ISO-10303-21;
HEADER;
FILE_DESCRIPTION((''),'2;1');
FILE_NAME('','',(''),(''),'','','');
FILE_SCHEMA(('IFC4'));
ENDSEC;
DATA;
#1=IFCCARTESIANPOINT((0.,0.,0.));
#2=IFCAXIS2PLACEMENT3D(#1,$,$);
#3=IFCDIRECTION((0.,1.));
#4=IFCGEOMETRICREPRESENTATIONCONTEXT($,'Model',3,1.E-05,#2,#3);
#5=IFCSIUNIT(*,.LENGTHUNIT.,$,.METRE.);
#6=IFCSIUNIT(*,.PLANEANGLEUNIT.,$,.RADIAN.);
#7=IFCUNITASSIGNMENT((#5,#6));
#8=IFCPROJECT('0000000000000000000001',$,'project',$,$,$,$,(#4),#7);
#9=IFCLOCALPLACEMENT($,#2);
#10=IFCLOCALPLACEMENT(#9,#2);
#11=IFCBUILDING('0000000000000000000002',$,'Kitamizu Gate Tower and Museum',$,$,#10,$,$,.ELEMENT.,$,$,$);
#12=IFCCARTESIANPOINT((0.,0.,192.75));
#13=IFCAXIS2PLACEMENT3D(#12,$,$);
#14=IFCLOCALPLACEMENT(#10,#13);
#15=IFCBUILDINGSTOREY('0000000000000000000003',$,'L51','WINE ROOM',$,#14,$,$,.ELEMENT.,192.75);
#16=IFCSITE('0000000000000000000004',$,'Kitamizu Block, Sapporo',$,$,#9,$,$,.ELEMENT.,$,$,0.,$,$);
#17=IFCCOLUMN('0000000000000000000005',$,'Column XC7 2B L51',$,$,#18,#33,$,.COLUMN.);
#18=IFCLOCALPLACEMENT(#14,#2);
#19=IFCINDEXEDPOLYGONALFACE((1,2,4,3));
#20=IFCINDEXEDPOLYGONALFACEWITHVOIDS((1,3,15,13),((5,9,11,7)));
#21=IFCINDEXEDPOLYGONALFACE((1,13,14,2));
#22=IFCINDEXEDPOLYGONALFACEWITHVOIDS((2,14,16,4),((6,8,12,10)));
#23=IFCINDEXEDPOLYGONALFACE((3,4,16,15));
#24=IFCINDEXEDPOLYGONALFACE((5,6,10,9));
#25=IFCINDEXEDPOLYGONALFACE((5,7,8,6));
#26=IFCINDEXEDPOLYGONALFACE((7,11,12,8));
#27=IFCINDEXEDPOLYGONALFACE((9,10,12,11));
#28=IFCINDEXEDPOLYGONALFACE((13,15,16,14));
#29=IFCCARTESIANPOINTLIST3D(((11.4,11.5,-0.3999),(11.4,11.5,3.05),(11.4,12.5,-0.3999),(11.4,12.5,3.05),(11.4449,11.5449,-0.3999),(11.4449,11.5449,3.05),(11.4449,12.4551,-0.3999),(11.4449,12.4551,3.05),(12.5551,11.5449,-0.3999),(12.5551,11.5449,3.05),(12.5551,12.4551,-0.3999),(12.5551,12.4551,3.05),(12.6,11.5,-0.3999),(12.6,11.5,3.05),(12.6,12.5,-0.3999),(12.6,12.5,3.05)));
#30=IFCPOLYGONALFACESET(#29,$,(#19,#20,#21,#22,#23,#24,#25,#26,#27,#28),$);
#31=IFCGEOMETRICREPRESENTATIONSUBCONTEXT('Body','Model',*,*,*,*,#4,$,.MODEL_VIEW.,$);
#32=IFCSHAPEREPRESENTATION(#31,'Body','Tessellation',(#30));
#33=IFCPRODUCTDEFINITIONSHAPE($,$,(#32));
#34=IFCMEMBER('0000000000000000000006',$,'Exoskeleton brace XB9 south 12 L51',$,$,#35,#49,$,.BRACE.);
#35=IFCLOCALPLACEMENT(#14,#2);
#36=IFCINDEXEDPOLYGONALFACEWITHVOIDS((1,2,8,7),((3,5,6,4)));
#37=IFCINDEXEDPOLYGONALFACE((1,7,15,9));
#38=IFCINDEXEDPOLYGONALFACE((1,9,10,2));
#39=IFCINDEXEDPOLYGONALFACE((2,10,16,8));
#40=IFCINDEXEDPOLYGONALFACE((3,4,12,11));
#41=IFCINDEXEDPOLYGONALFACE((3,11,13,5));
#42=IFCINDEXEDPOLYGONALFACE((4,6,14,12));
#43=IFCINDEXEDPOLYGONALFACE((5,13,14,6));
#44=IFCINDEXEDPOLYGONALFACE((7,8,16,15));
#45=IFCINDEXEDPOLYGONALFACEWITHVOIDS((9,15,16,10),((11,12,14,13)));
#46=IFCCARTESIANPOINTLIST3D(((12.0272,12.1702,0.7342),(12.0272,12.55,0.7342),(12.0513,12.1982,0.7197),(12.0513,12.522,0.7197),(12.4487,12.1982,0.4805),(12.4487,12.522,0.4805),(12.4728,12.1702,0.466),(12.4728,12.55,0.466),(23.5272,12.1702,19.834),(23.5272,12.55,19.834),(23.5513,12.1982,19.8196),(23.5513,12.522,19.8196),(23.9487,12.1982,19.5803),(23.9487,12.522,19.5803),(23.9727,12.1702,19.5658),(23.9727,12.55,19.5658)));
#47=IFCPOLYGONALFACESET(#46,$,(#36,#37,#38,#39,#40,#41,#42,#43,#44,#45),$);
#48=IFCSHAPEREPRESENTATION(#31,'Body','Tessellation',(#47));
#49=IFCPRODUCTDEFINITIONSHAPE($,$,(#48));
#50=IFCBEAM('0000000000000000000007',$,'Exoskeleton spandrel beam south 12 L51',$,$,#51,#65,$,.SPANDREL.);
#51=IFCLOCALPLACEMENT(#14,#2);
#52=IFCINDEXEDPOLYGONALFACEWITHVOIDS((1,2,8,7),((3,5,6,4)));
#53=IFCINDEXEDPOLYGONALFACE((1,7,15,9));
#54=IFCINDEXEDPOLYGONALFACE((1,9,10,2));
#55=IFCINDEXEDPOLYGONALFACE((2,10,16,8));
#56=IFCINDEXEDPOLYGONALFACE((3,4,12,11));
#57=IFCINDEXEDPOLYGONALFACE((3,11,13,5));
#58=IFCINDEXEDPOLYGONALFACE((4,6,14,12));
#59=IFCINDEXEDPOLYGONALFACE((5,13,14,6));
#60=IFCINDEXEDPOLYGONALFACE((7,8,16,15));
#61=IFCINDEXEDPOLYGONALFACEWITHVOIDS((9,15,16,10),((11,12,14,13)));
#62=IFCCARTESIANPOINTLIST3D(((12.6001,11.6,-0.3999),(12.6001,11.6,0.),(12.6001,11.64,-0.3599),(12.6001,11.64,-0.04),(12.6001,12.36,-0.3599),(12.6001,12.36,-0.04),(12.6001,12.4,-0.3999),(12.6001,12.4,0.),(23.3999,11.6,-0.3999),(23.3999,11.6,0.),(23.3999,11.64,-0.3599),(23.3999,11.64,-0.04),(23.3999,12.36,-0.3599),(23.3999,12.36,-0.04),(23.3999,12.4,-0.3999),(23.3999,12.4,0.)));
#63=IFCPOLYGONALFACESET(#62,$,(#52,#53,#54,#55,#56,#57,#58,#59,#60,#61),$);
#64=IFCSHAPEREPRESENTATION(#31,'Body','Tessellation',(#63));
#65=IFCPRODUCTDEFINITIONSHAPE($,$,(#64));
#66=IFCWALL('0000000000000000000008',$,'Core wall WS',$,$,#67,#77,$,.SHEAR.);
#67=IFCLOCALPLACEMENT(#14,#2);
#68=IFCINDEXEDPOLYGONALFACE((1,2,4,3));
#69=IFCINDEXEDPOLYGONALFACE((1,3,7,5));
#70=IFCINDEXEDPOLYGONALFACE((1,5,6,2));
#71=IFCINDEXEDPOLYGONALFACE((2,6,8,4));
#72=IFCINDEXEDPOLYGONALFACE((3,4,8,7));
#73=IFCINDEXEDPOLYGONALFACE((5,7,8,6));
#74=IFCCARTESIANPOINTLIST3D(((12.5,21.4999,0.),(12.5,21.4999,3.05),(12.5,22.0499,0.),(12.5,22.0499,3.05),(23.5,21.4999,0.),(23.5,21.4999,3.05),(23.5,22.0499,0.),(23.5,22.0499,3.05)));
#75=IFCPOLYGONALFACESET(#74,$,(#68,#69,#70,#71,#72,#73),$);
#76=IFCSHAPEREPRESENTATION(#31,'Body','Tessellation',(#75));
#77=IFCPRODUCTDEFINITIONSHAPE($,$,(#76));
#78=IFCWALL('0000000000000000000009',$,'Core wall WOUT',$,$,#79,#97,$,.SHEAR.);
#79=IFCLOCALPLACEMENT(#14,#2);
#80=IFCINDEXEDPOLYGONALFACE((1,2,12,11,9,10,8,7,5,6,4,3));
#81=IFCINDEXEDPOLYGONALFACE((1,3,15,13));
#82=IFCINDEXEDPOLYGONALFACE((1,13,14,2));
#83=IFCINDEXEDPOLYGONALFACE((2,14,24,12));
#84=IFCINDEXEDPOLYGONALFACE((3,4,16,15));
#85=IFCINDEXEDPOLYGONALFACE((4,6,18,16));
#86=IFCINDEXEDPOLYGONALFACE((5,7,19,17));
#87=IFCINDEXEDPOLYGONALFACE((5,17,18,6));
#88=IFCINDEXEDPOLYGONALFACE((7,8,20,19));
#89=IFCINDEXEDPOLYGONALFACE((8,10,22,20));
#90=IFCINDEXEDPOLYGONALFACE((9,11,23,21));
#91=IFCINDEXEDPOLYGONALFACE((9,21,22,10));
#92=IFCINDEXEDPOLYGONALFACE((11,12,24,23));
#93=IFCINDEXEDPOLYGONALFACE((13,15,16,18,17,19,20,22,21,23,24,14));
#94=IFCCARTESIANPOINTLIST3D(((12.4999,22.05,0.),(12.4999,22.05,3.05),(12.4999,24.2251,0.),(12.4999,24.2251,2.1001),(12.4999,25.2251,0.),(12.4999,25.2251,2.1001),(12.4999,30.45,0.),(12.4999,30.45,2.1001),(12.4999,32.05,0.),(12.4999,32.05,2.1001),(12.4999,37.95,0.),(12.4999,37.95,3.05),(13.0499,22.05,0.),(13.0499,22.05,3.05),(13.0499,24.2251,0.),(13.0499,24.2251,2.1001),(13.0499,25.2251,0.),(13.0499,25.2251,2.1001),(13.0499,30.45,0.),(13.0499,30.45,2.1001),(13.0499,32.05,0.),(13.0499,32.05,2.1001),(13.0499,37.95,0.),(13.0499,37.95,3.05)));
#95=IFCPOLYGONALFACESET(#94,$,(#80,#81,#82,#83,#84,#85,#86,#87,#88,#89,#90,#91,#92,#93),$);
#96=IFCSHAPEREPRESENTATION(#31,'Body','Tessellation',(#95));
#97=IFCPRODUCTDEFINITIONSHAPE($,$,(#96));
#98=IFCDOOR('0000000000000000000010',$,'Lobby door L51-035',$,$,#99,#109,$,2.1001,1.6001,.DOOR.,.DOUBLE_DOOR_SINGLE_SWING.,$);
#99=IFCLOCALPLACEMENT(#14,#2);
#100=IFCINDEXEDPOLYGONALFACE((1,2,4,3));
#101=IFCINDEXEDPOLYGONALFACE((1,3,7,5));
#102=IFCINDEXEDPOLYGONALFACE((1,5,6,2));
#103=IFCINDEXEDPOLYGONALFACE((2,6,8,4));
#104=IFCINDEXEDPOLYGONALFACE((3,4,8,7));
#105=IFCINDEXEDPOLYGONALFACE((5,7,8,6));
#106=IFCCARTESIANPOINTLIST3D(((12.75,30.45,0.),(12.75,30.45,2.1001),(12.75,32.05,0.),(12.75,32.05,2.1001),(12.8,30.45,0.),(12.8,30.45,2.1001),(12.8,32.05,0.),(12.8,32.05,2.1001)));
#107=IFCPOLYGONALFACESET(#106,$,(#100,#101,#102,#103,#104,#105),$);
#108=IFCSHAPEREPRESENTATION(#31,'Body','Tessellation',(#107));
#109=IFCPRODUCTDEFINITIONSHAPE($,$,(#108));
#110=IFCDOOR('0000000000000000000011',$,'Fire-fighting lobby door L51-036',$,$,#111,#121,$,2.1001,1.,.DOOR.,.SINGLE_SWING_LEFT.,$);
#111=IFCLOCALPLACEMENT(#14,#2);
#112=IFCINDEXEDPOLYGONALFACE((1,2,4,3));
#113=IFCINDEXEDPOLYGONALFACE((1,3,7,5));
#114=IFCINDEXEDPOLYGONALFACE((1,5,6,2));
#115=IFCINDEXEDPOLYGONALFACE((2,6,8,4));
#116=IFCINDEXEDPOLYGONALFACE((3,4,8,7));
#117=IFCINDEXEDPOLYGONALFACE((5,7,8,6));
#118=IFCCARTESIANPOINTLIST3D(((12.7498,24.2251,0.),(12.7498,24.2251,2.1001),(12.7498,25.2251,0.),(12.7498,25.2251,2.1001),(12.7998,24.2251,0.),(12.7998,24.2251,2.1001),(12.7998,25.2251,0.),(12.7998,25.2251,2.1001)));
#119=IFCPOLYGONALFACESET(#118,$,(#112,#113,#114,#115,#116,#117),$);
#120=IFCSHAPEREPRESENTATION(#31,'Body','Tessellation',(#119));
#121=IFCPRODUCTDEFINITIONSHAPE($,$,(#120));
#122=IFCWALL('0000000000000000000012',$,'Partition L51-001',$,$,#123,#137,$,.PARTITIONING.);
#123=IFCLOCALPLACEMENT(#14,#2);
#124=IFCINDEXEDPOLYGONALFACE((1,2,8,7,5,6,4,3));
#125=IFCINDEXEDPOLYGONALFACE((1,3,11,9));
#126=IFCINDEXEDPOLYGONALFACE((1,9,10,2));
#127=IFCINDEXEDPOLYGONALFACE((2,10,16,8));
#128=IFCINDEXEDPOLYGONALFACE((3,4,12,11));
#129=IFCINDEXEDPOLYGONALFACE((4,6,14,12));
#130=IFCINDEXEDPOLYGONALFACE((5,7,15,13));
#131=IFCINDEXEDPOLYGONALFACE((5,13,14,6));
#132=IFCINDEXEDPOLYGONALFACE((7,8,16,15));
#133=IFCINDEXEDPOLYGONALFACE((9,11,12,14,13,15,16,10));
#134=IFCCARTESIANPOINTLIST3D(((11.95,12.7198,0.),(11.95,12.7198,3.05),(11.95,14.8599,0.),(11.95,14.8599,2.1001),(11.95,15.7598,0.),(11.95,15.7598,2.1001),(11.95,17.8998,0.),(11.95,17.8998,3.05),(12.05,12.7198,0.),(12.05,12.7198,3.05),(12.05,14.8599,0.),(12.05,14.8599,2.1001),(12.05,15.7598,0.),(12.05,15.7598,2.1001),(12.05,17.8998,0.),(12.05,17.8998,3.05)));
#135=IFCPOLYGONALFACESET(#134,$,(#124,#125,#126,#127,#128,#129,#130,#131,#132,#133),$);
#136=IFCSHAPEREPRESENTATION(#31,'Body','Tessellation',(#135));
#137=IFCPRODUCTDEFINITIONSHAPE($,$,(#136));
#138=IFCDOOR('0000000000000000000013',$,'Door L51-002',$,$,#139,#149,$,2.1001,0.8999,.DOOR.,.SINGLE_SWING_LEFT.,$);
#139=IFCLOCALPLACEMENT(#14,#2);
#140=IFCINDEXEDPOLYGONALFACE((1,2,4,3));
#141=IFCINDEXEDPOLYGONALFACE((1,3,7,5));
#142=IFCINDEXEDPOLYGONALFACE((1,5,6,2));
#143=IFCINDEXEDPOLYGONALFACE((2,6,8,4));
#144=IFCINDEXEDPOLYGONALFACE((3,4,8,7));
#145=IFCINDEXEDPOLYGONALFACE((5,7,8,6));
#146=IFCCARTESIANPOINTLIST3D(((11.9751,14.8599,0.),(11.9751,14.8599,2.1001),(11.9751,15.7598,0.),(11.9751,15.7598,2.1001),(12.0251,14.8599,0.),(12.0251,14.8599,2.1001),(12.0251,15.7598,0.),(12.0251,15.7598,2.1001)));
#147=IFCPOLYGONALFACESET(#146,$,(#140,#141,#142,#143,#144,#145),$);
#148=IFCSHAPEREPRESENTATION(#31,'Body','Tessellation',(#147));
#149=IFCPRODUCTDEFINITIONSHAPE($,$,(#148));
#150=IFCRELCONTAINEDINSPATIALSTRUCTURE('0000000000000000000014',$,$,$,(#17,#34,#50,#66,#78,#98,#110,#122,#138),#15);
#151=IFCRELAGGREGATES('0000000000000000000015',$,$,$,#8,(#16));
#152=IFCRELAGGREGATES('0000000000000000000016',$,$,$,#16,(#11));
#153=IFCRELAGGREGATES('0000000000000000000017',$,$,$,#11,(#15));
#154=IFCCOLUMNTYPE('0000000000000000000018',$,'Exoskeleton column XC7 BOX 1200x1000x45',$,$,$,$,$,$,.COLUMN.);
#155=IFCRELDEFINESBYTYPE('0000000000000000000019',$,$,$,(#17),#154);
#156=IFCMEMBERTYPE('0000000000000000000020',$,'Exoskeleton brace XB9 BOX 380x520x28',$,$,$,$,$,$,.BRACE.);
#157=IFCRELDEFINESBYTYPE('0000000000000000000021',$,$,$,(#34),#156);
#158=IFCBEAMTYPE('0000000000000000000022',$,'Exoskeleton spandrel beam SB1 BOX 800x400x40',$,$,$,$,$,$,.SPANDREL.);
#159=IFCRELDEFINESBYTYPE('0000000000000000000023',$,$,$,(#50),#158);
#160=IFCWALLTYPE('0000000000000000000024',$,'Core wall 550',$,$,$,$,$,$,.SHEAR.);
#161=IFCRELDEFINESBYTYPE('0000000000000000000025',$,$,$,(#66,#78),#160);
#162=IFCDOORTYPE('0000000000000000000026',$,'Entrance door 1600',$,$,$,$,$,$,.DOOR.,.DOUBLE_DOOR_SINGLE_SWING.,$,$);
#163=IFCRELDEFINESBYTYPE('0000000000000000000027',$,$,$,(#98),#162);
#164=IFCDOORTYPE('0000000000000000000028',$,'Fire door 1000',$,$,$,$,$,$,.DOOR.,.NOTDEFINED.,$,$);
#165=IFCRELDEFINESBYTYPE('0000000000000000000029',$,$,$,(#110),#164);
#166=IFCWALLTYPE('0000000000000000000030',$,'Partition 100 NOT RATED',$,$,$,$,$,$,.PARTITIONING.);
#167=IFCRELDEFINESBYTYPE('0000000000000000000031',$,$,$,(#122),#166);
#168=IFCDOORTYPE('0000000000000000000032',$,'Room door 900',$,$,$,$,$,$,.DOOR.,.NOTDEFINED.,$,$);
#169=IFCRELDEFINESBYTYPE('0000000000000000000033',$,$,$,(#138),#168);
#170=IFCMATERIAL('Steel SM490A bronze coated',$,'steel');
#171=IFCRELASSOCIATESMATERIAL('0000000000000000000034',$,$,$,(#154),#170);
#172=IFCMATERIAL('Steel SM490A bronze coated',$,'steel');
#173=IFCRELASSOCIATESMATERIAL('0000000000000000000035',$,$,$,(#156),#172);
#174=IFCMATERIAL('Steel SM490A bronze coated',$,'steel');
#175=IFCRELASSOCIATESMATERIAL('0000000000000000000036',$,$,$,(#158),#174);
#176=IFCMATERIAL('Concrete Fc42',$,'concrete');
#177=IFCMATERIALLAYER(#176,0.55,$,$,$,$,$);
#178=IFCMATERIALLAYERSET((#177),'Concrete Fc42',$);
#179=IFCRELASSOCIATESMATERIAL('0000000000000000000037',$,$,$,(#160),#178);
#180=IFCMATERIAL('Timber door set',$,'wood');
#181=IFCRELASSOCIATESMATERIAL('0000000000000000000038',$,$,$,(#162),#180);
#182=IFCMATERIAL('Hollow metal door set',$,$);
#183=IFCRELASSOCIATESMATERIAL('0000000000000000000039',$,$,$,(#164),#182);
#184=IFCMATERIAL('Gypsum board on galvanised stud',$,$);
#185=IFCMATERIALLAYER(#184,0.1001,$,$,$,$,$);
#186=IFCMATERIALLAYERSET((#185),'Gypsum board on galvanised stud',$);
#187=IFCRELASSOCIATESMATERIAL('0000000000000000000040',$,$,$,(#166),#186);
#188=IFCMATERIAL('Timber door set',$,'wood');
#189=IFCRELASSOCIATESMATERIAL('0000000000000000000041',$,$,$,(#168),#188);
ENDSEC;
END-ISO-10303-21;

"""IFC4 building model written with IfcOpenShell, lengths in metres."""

from ifc_helpers import new_model, si_unit, direction, frame, frame_2d, origin, origin_2d, place, context, subcontext, project, spatial, rectangle, hollow_rectangle, extrude, material, layer, layer_set, material_profile, profile_set, type_object, element, fill, save


model = new_model("IFC4")

# Units and contexts
model_context = context("Model", 3, precision=1e-05, world=origin(), true_north=direction((0.0, 1.0)))
body_context = subcontext(model_context, "Body", "Model", "MODEL_VIEW")
ifc_project = project(units=[si_unit("LENGTHUNIT", "METRE"), si_unit("PLANEANGLEUNIT", "RADIAN")], contexts=[model_context])

# Site, building, storey
site_placement = place(None, origin())
site = spatial("IfcSite", under=ifc_project, at=site_placement, Name="Kitamizu Block, Sapporo", CompositionType="ELEMENT", RefElevation=0.0)
building_placement = place(site_placement, origin())
building = spatial("IfcBuilding", under=site, at=building_placement, Name="Kitamizu Gate Tower and Museum", CompositionType="ELEMENT")
storey_placement = place(building_placement, frame((0.0, 0.0, 192.75)))
storey = spatial("IfcBuildingStorey", under=building, at=storey_placement, Name="L51", Description="WINE ROOM", CompositionType="ELEMENT", Elevation=192.75)

# Column
ifc_material_1 = material(Name="Steel SM490A bronze coated", Category="steel")
ifc_material_profile_1 = material_profile(ifc_material_1, hollow_rectangle(XDim=1.2, YDim=1.0, WallThickness=0.0449, at=origin_2d()), Name="BOX 1200x1000x45")
ifc_profile_set_1 = profile_set([ifc_material_profile_1], Name="Steel SM490A bronze coated")
column_type = type_object("IfcColumnType", Name="Exoskeleton column XC7 BOX 1200x1000x45", PredefinedType="COLUMN", material=ifc_profile_set_1)
column_placement = place(storey_placement, frame((12.0, 12.0, -0.3999), z_axis=(0.0, 0.0, 1.0), x_axis=(1.0, 0.0, 0.0)))
element("IfcColumn", 1, at=column_placement, inside=storey, type_object=column_type, Name="Column XC7 2B L51", PredefinedType="COLUMN", context=body_context, shape_type="SweptSolid", body=[
    extrude(hollow_rectangle(XDim=1.2, YDim=1.0, WallThickness=0.0449, at=origin_2d()), origin(), (0.0, 0.0, 1.0), 3.45),
])

# Member
ifc_material_2 = material(Name="Steel SM490A bronze coated", Category="steel")
ifc_material_profile_2 = material_profile(ifc_material_2, hollow_rectangle(XDim=0.3799, YDim=0.52, WallThickness=0.0281, at=origin_2d()), Name="BOX 380x520x28")
ifc_profile_set_2 = profile_set([ifc_material_profile_2], Name="Steel SM490A bronze coated")
member_type = type_object("IfcMemberType", Name="Exoskeleton brace XB9 BOX 380x520x28", PredefinedType="BRACE", material=ifc_profile_set_2)
member_placement = place(storey_placement, frame((12.25, 12.3601, 0.6001), z_axis=(0.515817, 0.0, 0.856699), x_axis=(0.0, 1.0, 0.0)))
element("IfcMember", 2, at=member_placement, inside=storey, type_object=member_type, Name="Exoskeleton brace XB9 south 12 L51", PredefinedType="BRACE", context=body_context, shape_type="SweptSolid", body=[
    extrude(hollow_rectangle(XDim=0.3799, YDim=0.52, WallThickness=0.0281, at=origin_2d()), origin(), (0.0, 0.0, 1.0), 22.2947),
])

# Beam
ifc_material_3 = material(Name="Steel SM490A bronze coated", Category="steel")
ifc_material_profile_3 = material_profile(ifc_material_3, hollow_rectangle(XDim=0.8, YDim=0.3999, WallThickness=0.04, at=origin_2d()), Name="BOX 800x400x40")
ifc_profile_set_3 = profile_set([ifc_material_profile_3], Name="Steel SM490A bronze coated")
beam_type = type_object("IfcBeamType", Name="Exoskeleton spandrel beam SB1 BOX 800x400x40", PredefinedType="SPANDREL", material=ifc_profile_set_3)
beam_placement = place(storey_placement, frame((12.6001, 12.0, -0.2), z_axis=(1.0, 0.0, 0.0), x_axis=(0.0, 1.0, 0.0)))
element("IfcBeam", 3, at=beam_placement, inside=storey, type_object=beam_type, Name="Exoskeleton spandrel beam south 12 L51", PredefinedType="SPANDREL", context=body_context, shape_type="SweptSolid", body=[
    extrude(hollow_rectangle(XDim=0.8, YDim=0.3999, WallThickness=0.04, at=origin_2d()), origin(), (0.0, 0.0, 1.0), 10.7998),
])

# Wall
ifc_material_4 = material(Name="Concrete Fc42", Category="concrete")
ifc_layer_1 = layer(ifc_material_4, 0.55)
ifc_layer_set_1 = layer_set([ifc_layer_1], Name="Concrete Fc42")
wall_type_1 = type_object("IfcWallType", Name="Core wall 550", PredefinedType="SHEAR", material=ifc_layer_set_1)
wall_1_placement = place(storey_placement, frame((12.5, 21.7749, 0.0), z_axis=(0.0, 0.0, 1.0), x_axis=(1.0, 0.0, 0.0)))
element("IfcWall", 4, at=wall_1_placement, inside=storey, type_object=wall_type_1, Name="Core wall WS", PredefinedType="SHEAR", context=body_context, shape_type="SweptSolid", body=[
    extrude(rectangle(XDim=11.0, YDim=0.55, at=frame_2d((5.5, 0.0))), origin(), (0.0, 0.0, 1.0), 3.05),
])

# Wall, openings, doors
wall_2_placement = place(storey_placement, frame((12.7749, 22.05, 0.0), z_axis=(0.0, 0.0, 1.0), x_axis=(0.0, 1.0, 0.0)))
wall_2 = element("IfcWall", 5, at=wall_2_placement, inside=storey, type_object=wall_type_1, Name="Core wall WOUT", PredefinedType="SHEAR", context=body_context, shape_type="SweptSolid", body=[
    extrude(rectangle(XDim=15.8999, YDim=0.55, at=frame_2d((7.95, 0.0))), origin(), (0.0, 0.0, 1.0), 3.05),
])
opening_1_placement = place(wall_2_placement, frame((8.3999, 0.0, 0.0)))
opening_1 = element("IfcOpeningElement", 6, at=opening_1_placement, cuts=wall_2, PredefinedType="OPENING", context=body_context, shape_type="SweptSolid", body=[
    extrude(rectangle(XDim=1.6001, YDim=2.1001, at=frame_2d((0.8, 1.05))), frame((0.0, 0.2852, 0.0), z_axis=(0.0, -1.0, 0.0), x_axis=(1.0, 0.0, 0.0)), (0.0, 0.0, 1.0), 0.5701),
])
opening_2_placement = place(wall_2_placement, frame((2.175, 0.0, 0.0)))
opening_2 = element("IfcOpeningElement", 7, at=opening_2_placement, cuts=wall_2, PredefinedType="OPENING", context=body_context, shape_type="SweptSolid", body=[
    extrude(rectangle(XDim=1.0, YDim=2.1001, at=frame_2d((0.5, 1.05))), frame((0.0, 0.2852, 0.0), z_axis=(0.0, -1.0, 0.0), x_axis=(1.0, 0.0, 0.0)), (0.0, 0.0, 1.0), 0.5701),
])
ifc_material_5 = material(Name="Timber door set", Category="wood")
door_type_1 = type_object("IfcDoorType", Name="Entrance door 1600", OperationType="DOUBLE_DOOR_SINGLE_SWING", PredefinedType="DOOR", material=ifc_material_5)
door_1_placement = place(opening_1_placement, origin())
door_1 = element("IfcDoor", 8, at=door_1_placement, inside=storey, type_object=door_type_1, Name="Lobby door L51-035", OperationType="DOUBLE_DOOR_SINGLE_SWING", OverallHeight=2.1001, OverallWidth=1.6001, PredefinedType="DOOR", context=body_context, shape_type="SweptSolid", body=[
    extrude(rectangle(XDim=1.6001, YDim=2.1001, at=frame_2d((0.8, 1.05))), frame((0.0, 0.0249, 0.0), z_axis=(0.0, -1.0, 0.0), x_axis=(1.0, 0.0, 0.0)), (0.0, 0.0, 1.0), 0.05),
])
fill(opening_1, door_1)
ifc_material_6 = material(Name="Hollow metal door set")
door_type_2 = type_object("IfcDoorType", Name="Fire door 1000", OperationType="NOTDEFINED", PredefinedType="DOOR", material=ifc_material_6)
door_2_placement = place(opening_2_placement, frame((1.0, 0.0, 0.0), x_axis=(-1.0, 0.0, 0.0)))
door_2 = element("IfcDoor", 9, at=door_2_placement, inside=storey, type_object=door_type_2, Name="Fire-fighting lobby door L51-036", OperationType="SINGLE_SWING_LEFT", OverallHeight=2.1001, OverallWidth=1.0, PredefinedType="DOOR", context=body_context, shape_type="SweptSolid", body=[
    extrude(rectangle(XDim=1.0, YDim=2.1001, at=frame_2d((0.5, 1.05))), frame((0.0, 0.0249, 0.0), z_axis=(0.0, -1.0, 0.0), x_axis=(1.0, 0.0, 0.0)), (0.0, 0.0, 1.0), 0.05),
])
fill(opening_2, door_2)

# Wall, opening, door
ifc_material_7 = material(Name="Gypsum board on galvanised stud")
ifc_layer_2 = layer(ifc_material_7, 0.1001)
ifc_layer_set_2 = layer_set([ifc_layer_2], Name="Gypsum board on galvanised stud")
wall_type_2 = type_object("IfcWallType", Name="Partition 100 NOT RATED", PredefinedType="PARTITIONING", material=ifc_layer_set_2)
wall_3_placement = place(storey_placement, frame((12.0, 12.72, 0.0), z_axis=(0.0, 0.0, 1.0), x_axis=(0.0, 1.0, 0.0)))
wall_3 = element("IfcWall", 10, at=wall_3_placement, inside=storey, type_object=wall_type_2, Name="Partition L51-001", PredefinedType="PARTITIONING", context=body_context, shape_type="SweptSolid", body=[
    extrude(rectangle(XDim=5.1799, YDim=0.1001, at=frame_2d((2.5898, 0.0))), origin(), (0.0, 0.0, 1.0), 3.05),
])
opening_3_placement = place(wall_3_placement, frame((2.1399, 0.0, 0.0)))
opening_3 = element("IfcOpeningElement", 11, at=opening_3_placement, cuts=wall_3, PredefinedType="OPENING", context=body_context, shape_type="SweptSolid", body=[
    extrude(rectangle(XDim=0.8999, YDim=2.1001, at=frame_2d((0.45, 1.05))), frame((0.0, 0.0601, 0.0), z_axis=(0.0, -1.0, 0.0), x_axis=(1.0, 0.0, 0.0)), (0.0, 0.0, 1.0), 0.1201),
])
ifc_material_8 = material(Name="Timber door set", Category="wood")
door_type_3 = type_object("IfcDoorType", Name="Room door 900", OperationType="NOTDEFINED", PredefinedType="DOOR", material=ifc_material_8)
door_3_placement = place(opening_3_placement, origin())
door_3 = element("IfcDoor", 12, at=door_3_placement, inside=storey, type_object=door_type_3, Name="Door L51-002", OperationType="SINGLE_SWING_LEFT", OverallHeight=2.1001, OverallWidth=0.8999, PredefinedType="DOOR", context=body_context, shape_type="SweptSolid", body=[
    extrude(rectangle(XDim=0.8999, YDim=2.1001, at=frame_2d((0.45, 1.05))), frame((0.0, 0.0249, 0.0), z_axis=(0.0, -1.0, 0.0), x_axis=(1.0, 0.0, 0.0)), (0.0, 0.0, 1.0), 0.05),
])
fill(opening_3, door_3)

save(model, "model.ifc")
